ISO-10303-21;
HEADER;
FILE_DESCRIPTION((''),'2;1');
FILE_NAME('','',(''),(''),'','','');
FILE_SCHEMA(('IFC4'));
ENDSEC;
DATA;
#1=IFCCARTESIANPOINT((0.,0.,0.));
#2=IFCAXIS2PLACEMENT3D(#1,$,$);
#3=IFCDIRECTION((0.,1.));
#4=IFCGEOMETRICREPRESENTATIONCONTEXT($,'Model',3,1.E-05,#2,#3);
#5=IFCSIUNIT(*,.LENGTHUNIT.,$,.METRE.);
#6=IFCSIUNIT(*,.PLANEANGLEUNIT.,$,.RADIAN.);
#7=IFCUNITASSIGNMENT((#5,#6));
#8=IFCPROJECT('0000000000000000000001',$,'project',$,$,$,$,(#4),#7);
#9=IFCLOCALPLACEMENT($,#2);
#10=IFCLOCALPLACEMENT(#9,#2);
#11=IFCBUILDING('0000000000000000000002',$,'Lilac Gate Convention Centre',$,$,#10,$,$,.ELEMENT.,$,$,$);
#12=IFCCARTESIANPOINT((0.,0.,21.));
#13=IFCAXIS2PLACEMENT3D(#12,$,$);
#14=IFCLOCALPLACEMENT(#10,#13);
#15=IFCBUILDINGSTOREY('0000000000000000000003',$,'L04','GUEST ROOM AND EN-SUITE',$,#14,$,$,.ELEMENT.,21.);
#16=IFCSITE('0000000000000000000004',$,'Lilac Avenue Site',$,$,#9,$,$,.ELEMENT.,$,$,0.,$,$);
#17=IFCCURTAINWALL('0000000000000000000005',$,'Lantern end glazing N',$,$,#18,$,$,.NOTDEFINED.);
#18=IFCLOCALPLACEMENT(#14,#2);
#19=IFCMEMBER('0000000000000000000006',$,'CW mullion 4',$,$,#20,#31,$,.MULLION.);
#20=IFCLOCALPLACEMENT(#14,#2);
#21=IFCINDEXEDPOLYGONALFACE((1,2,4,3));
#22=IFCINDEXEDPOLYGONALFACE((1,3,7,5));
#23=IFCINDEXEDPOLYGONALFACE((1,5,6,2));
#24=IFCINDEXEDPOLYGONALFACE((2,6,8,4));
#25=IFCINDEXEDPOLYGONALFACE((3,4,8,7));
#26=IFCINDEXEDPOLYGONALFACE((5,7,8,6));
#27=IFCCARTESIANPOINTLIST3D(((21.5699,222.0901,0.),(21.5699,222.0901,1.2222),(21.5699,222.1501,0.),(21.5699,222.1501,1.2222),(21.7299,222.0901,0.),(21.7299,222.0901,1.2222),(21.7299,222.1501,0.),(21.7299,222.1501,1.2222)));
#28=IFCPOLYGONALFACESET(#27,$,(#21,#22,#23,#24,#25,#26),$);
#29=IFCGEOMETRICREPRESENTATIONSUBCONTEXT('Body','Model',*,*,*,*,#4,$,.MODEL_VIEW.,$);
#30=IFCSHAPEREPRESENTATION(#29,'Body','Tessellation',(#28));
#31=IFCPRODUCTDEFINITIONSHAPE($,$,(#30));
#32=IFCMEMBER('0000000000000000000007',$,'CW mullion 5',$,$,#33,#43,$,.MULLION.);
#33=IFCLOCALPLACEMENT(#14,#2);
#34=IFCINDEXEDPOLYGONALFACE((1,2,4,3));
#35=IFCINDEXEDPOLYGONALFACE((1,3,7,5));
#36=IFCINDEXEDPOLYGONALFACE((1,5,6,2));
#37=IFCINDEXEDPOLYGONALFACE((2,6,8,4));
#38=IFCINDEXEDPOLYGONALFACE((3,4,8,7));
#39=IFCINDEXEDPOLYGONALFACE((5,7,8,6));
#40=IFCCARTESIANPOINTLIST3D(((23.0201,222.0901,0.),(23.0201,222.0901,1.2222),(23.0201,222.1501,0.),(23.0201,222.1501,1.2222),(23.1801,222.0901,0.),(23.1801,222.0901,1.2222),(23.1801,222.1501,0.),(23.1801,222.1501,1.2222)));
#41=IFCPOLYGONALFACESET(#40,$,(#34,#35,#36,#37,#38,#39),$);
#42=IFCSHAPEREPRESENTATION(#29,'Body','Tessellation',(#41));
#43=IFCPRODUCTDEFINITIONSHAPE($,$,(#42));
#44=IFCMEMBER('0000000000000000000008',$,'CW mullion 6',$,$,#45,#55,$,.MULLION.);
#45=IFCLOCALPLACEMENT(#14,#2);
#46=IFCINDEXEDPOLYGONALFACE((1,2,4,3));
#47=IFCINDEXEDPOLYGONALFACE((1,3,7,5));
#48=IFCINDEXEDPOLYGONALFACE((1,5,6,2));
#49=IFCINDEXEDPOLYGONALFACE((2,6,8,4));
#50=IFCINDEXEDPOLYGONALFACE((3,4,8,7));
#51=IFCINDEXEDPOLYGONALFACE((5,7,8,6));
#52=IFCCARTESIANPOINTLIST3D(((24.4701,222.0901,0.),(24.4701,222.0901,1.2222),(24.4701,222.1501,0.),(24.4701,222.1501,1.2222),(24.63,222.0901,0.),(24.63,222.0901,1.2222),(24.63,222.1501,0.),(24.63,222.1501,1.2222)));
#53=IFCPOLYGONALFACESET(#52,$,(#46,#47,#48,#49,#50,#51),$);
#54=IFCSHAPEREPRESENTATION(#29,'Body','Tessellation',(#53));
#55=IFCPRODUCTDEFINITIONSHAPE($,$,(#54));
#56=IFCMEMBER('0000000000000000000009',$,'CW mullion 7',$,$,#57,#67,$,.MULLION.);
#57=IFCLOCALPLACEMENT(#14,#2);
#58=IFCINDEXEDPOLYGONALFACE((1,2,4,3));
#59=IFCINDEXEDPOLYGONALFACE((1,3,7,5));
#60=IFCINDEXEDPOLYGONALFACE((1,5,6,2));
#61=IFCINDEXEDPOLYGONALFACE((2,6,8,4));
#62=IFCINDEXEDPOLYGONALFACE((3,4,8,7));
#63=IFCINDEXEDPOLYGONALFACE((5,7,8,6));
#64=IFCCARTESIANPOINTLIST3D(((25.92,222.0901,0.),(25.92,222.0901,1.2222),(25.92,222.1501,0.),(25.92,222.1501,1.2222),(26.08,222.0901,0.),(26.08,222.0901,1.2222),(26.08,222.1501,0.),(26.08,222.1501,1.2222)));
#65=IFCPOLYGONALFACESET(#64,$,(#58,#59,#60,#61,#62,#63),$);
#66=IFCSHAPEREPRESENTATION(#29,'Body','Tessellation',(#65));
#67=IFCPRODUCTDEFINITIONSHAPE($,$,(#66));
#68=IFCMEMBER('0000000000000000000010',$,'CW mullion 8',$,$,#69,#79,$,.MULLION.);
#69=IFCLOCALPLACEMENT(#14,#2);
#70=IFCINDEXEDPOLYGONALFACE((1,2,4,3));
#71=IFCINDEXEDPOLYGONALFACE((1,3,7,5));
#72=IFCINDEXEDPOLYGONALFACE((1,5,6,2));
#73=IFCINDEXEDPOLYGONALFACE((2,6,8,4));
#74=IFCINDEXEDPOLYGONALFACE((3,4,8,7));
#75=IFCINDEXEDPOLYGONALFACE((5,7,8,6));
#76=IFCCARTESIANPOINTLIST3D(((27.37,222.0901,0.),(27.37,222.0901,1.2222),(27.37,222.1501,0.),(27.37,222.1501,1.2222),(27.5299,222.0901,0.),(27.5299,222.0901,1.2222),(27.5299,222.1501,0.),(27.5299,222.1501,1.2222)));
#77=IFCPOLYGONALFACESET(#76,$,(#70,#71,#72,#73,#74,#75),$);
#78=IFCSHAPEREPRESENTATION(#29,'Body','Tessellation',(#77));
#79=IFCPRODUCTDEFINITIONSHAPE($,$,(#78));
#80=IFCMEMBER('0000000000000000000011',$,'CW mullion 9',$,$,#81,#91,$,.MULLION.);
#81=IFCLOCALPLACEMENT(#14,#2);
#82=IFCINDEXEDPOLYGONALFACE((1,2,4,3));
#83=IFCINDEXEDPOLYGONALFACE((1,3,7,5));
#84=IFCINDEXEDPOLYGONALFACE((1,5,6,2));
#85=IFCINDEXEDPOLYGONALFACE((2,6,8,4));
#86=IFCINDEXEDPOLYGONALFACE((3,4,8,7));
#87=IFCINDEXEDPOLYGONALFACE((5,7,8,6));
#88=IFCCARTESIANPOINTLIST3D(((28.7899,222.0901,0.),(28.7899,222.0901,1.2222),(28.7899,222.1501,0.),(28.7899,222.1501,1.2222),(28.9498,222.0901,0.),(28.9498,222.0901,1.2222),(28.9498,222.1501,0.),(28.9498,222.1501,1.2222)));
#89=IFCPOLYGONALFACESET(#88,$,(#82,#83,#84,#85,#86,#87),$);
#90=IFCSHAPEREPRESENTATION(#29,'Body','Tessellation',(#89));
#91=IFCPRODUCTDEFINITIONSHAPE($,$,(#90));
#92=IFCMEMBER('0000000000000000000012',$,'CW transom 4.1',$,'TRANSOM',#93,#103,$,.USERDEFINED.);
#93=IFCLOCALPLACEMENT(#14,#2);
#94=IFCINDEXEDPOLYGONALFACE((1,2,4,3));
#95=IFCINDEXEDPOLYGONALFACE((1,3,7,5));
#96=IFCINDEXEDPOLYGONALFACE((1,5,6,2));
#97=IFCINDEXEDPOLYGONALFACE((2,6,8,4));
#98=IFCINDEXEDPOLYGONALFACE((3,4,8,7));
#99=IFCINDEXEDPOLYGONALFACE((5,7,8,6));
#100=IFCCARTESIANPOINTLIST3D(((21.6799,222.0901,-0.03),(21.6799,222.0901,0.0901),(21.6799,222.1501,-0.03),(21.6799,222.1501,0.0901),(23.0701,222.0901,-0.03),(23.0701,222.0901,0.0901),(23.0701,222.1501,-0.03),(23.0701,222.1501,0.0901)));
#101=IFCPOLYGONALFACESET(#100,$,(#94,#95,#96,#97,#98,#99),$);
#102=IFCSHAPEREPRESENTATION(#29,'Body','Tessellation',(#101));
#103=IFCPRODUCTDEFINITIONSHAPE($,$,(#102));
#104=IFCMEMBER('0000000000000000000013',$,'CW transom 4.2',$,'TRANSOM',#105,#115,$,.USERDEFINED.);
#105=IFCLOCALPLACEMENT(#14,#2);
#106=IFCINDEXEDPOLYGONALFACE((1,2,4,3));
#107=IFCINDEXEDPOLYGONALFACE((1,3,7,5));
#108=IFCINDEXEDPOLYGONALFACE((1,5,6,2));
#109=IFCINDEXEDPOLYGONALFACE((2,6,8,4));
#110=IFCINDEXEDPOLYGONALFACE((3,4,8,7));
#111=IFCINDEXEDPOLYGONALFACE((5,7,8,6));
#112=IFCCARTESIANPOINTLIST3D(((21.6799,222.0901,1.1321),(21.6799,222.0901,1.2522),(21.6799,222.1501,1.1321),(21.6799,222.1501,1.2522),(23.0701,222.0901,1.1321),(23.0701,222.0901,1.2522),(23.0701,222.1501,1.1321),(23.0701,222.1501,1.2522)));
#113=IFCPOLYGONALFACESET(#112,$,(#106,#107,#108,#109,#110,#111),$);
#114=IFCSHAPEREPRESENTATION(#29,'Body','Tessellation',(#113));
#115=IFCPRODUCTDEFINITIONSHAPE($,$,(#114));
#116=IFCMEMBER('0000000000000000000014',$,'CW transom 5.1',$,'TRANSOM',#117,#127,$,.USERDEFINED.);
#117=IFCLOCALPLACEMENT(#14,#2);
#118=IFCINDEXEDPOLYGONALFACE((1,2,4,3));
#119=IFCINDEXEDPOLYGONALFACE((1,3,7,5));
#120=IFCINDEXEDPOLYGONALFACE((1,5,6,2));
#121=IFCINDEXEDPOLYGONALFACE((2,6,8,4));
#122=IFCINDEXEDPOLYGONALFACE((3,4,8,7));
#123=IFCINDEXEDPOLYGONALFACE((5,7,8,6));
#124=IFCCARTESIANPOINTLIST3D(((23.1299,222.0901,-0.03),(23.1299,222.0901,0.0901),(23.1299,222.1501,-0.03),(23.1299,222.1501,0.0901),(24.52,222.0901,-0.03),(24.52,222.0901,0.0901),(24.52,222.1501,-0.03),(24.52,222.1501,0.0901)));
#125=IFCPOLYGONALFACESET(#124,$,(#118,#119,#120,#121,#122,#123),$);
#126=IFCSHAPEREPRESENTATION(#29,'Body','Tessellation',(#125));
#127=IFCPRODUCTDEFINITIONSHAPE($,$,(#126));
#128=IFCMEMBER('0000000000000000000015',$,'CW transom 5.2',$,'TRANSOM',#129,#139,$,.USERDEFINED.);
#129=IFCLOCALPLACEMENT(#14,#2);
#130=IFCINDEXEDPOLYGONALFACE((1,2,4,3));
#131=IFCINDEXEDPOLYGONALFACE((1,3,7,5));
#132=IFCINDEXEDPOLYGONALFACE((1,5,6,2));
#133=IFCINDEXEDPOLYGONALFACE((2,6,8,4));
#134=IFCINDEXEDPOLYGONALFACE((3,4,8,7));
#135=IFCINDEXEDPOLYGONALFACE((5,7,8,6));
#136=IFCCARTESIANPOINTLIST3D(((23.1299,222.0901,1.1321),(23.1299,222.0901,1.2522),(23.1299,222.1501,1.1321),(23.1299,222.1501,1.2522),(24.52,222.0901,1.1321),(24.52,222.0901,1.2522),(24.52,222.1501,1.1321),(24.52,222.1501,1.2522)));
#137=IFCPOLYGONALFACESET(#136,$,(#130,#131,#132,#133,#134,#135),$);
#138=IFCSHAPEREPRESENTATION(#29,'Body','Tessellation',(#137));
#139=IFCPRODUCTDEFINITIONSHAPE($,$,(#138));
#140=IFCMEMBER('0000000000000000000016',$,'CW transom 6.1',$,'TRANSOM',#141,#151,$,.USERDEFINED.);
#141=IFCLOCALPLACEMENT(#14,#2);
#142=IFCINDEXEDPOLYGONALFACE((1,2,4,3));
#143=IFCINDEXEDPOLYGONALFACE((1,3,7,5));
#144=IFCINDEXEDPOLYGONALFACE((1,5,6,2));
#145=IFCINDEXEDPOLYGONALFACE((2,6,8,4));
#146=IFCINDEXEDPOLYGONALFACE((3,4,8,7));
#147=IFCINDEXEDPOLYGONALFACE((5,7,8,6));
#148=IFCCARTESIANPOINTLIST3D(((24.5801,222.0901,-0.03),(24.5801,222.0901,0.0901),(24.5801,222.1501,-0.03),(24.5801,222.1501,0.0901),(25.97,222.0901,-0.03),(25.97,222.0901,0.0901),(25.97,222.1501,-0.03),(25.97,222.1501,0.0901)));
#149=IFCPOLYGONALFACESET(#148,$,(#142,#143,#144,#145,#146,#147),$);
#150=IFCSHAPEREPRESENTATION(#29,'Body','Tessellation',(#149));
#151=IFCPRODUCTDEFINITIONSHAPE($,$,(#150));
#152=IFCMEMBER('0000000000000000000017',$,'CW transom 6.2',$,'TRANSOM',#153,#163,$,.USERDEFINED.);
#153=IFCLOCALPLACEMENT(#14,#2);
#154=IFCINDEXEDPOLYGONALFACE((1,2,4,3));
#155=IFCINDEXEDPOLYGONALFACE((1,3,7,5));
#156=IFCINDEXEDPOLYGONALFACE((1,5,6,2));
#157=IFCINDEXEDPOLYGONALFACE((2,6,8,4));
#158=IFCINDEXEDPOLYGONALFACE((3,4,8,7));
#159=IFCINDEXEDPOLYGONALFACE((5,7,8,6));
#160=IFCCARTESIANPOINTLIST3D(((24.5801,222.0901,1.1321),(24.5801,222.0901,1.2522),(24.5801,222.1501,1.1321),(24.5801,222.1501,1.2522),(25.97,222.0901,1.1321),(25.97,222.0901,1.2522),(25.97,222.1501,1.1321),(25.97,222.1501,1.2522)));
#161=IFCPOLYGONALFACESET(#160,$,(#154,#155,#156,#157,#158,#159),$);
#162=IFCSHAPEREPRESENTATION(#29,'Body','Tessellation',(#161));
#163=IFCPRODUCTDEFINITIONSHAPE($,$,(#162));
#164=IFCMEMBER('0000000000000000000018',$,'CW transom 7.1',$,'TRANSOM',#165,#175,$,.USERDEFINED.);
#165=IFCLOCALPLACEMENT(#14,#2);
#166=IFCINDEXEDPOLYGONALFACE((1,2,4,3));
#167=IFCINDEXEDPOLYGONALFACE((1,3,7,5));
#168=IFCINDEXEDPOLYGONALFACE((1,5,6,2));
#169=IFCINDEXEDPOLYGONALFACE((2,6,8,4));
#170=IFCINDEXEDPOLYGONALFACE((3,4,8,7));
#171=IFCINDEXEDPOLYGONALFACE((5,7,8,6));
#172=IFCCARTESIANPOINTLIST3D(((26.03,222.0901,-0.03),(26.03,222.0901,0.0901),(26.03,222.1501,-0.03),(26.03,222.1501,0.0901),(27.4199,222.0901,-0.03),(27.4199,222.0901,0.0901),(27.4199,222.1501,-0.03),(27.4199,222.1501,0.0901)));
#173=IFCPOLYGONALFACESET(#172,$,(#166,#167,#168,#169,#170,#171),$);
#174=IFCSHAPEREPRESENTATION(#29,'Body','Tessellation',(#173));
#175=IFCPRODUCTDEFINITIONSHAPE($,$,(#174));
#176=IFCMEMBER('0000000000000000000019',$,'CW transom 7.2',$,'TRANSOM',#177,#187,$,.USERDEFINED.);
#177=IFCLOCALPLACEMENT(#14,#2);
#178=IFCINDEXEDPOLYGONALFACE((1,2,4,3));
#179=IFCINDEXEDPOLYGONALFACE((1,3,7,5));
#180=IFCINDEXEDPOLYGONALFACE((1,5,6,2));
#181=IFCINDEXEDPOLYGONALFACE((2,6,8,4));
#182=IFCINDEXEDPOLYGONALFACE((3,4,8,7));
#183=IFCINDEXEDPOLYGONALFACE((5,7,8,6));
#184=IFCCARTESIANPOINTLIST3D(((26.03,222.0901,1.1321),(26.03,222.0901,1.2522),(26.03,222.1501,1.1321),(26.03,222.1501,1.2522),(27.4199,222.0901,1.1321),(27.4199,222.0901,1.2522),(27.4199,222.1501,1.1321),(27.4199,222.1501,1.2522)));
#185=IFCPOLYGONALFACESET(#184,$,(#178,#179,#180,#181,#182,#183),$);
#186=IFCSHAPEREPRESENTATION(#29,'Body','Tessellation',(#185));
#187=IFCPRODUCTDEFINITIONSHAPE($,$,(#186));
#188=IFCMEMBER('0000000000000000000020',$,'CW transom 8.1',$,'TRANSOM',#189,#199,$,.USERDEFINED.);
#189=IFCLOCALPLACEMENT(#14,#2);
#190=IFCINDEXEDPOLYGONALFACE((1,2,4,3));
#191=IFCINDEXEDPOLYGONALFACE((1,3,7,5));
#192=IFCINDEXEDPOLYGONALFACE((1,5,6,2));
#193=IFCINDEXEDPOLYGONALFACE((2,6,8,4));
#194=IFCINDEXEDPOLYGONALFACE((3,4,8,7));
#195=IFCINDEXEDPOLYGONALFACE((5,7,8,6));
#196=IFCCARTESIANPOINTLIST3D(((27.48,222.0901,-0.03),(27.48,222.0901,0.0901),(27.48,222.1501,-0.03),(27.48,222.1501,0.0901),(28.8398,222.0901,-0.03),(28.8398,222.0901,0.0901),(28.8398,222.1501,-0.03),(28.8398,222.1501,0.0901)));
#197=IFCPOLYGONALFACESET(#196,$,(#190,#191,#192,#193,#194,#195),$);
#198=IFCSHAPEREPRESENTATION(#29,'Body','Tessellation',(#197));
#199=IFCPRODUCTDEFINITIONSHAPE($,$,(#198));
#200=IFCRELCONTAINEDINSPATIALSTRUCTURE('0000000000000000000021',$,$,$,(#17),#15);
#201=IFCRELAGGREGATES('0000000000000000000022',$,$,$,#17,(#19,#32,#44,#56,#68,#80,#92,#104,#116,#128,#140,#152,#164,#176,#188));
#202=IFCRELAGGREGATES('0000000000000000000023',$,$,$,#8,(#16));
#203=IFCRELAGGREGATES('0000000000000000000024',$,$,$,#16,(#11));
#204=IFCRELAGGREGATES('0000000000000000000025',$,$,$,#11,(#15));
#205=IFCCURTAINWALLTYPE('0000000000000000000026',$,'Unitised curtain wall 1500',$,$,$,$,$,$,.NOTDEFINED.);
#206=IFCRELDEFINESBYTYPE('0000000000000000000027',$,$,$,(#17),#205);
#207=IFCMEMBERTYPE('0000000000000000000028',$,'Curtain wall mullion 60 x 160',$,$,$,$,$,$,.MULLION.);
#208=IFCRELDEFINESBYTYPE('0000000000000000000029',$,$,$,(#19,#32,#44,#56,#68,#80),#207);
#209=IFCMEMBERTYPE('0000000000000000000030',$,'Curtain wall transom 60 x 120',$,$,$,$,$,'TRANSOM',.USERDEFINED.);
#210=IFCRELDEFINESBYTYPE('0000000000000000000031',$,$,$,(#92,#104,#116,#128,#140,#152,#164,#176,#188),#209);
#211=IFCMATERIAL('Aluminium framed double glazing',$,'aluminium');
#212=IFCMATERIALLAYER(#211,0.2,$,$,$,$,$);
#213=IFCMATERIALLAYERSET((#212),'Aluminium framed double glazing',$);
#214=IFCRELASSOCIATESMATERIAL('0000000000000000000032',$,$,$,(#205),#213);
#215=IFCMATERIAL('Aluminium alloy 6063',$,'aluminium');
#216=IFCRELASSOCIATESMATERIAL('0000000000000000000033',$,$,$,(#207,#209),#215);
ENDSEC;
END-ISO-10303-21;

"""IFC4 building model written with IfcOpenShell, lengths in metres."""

from ifc_helpers import new_model, si_unit, direction, frame, origin, origin_2d, place, context, subcontext, project, spatial, rectangle, extrude, material, layer, layer_set, material_profile, profile_set, type_object, element, aggregate, save


model = new_model("IFC4")

# Units and contexts
model_context = context("Model", 3, precision=1e-05, world=origin(), true_north=direction((0.0, 1.0)))
body_context = subcontext(model_context, "Body", "Model", "MODEL_VIEW")
ifc_project = project(units=[si_unit("LENGTHUNIT", "METRE"), si_unit("PLANEANGLEUNIT", "RADIAN")], contexts=[model_context])

# Site, building, storey
site_placement = place(None, origin())
site = spatial("IfcSite", under=ifc_project, at=site_placement, Name="Lilac Avenue Site", CompositionType="ELEMENT", RefElevation=0.0)
building_placement = place(site_placement, origin())
building = spatial("IfcBuilding", under=site, at=building_placement, Name="Lilac Gate Convention Centre", CompositionType="ELEMENT")
storey_placement = place(building_placement, frame((0.0, 0.0, 21.0)))
storey = spatial("IfcBuildingStorey", under=building, at=storey_placement, Name="L04", Description="GUEST ROOM AND EN-SUITE", CompositionType="ELEMENT", Elevation=21.0)

# Curtain wall, members
ifc_material_1 = material(Name="Aluminium framed double glazing", Category="aluminium")
ifc_layer_1 = layer(ifc_material_1, 0.2)
ifc_layer_set_1 = layer_set([ifc_layer_1], Name="Aluminium framed double glazing")
curtain_wall_type = type_object("IfcCurtainWallType", Name="Unitised curtain wall 1500", PredefinedType="NOTDEFINED", material=ifc_layer_set_1)
curtain_wall_placement = place(storey_placement, origin())
curtain_wall = element("IfcCurtainWall", 1, at=curtain_wall_placement, inside=storey, type_object=curtain_wall_type, Name="Lantern end glazing N", PredefinedType="NOTDEFINED")
ifc_material_2 = material(Name="Aluminium alloy 6063", Category="aluminium")
ifc_material_profile_1 = material_profile(ifc_material_2, rectangle(XDim=0.0601, YDim=0.1599, at=origin_2d()), Name="Curtain wall mullion 60 x 160")
ifc_profile_set_1 = profile_set([ifc_material_profile_1], Name="Aluminium alloy 6063")
member_type_1 = type_object("IfcMemberType", Name="Curtain wall mullion 60 x 160", PredefinedType="MULLION", material=ifc_profile_set_1)
member_1_placement = place(storey_placement, frame((21.6499, 222.1201, 0.0), z_axis=(0.0, 0.0, 1.0), x_axis=(0.0, 1.0, 0.0)))
member_1 = element("IfcMember", 2, at=member_1_placement, type_object=member_type_1, Name="CW mullion 4", PredefinedType="MULLION", context=body_context, shape_type="SweptSolid", body=[
    extrude(rectangle(XDim=0.0601, YDim=0.1599, at=origin_2d()), origin(), (0.0, 0.0, 1.0), 1.2222),
])
member_2_placement = place(storey_placement, frame((23.1001, 222.1201, 0.0), z_axis=(0.0, 0.0, 1.0), x_axis=(0.0, 1.0, 0.0)))
member_2 = element("IfcMember", 3, at=member_2_placement, type_object=member_type_1, Name="CW mullion 5", PredefinedType="MULLION", context=body_context, shape_type="SweptSolid", body=[
    extrude(rectangle(XDim=0.0601, YDim=0.1599, at=origin_2d()), origin(), (0.0, 0.0, 1.0), 1.2222),
])
member_3_placement = place(storey_placement, frame((24.55, 222.1201, 0.0), z_axis=(0.0, 0.0, 1.0), x_axis=(0.0, 1.0, 0.0)))
member_3 = element("IfcMember", 4, at=member_3_placement, type_object=member_type_1, Name="CW mullion 6", PredefinedType="MULLION", context=body_context, shape_type="SweptSolid", body=[
    extrude(rectangle(XDim=0.0601, YDim=0.1599, at=origin_2d()), origin(), (0.0, 0.0, 1.0), 1.2222),
])
member_4_placement = place(storey_placement, frame((26.0, 222.1201, 0.0), z_axis=(0.0, 0.0, 1.0), x_axis=(0.0, 1.0, 0.0)))
member_4 = element("IfcMember", 5, at=member_4_placement, type_object=member_type_1, Name="CW mullion 7", PredefinedType="MULLION", context=body_context, shape_type="SweptSolid", body=[
    extrude(rectangle(XDim=0.0601, YDim=0.1599, at=origin_2d()), origin(), (0.0, 0.0, 1.0), 1.2222),
])
member_5_placement = place(storey_placement, frame((27.45, 222.1201, 0.0), z_axis=(0.0, 0.0, 1.0), x_axis=(0.0, 1.0, 0.0)))
member_5 = element("IfcMember", 6, at=member_5_placement, type_object=member_type_1, Name="CW mullion 8", PredefinedType="MULLION", context=body_context, shape_type="SweptSolid", body=[
    extrude(rectangle(XDim=0.0601, YDim=0.1599, at=origin_2d()), origin(), (0.0, 0.0, 1.0), 1.2222),
])
member_6_placement = place(storey_placement, frame((28.8699, 222.1201, 0.0), z_axis=(0.0, 0.0, 1.0), x_axis=(0.0, 1.0, 0.0)))
member_6 = element("IfcMember", 7, at=member_6_placement, type_object=member_type_1, Name="CW mullion 9", PredefinedType="MULLION", context=body_context, shape_type="SweptSolid", body=[
    extrude(rectangle(XDim=0.0601, YDim=0.1599, at=origin_2d()), origin(), (0.0, 0.0, 1.0), 1.2222),
])
ifc_material_profile_2 = material_profile(ifc_material_2, rectangle(XDim=0.0601, YDim=0.1201, at=origin_2d()), Name="Curtain wall transom 60 x 120")
ifc_profile_set_2 = profile_set([ifc_material_profile_2], Name="Aluminium alloy 6063")
member_type_2 = type_object("IfcMemberType", Name="Curtain wall transom 60 x 120", ElementType="TRANSOM", PredefinedType="USERDEFINED", material=ifc_profile_set_2)
member_7_placement = place(storey_placement, frame((21.6799, 222.1201, 0.03), z_axis=(1.0, 0.0, 0.0), x_axis=(0.0, 1.0, 0.0)))
member_7 = element("IfcMember", 8, at=member_7_placement, type_object=member_type_2, Name="CW transom 4.1", ObjectType="TRANSOM", PredefinedType="USERDEFINED", context=body_context, shape_type="SweptSolid", body=[
    extrude(rectangle(XDim=0.0601, YDim=0.1201, at=origin_2d()), origin(), (0.0, 0.0, 1.0), 1.3901),
])
member_8_placement = place(storey_placement, frame((21.6799, 222.1201, 1.1921), z_axis=(1.0, 0.0, 0.0), x_axis=(0.0, 1.0, 0.0)))
member_8 = element("IfcMember", 9, at=member_8_placement, type_object=member_type_2, Name="CW transom 4.2", ObjectType="TRANSOM", PredefinedType="USERDEFINED", context=body_context, shape_type="SweptSolid", body=[
    extrude(rectangle(XDim=0.0601, YDim=0.1201, at=origin_2d()), origin(), (0.0, 0.0, 1.0), 1.3901),
])
member_9_placement = place(storey_placement, frame((23.1299, 222.1201, 0.03), z_axis=(1.0, 0.0, 0.0), x_axis=(0.0, 1.0, 0.0)))
member_9 = element("IfcMember", 10, at=member_9_placement, type_object=member_type_2, Name="CW transom 5.1", ObjectType="TRANSOM", PredefinedType="USERDEFINED", context=body_context, shape_type="SweptSolid", body=[
    extrude(rectangle(XDim=0.0601, YDim=0.1201, at=origin_2d()), origin(), (0.0, 0.0, 1.0), 1.3901),
])
member_10_placement = place(storey_placement, frame((23.1299, 222.1201, 1.1921), z_axis=(1.0, 0.0, 0.0), x_axis=(0.0, 1.0, 0.0)))
member_10 = element("IfcMember", 11, at=member_10_placement, type_object=member_type_2, Name="CW transom 5.2", ObjectType="TRANSOM", PredefinedType="USERDEFINED", context=body_context, shape_type="SweptSolid", body=[
    extrude(rectangle(XDim=0.0601, YDim=0.1201, at=origin_2d()), origin(), (0.0, 0.0, 1.0), 1.3901),
])
member_11_placement = place(storey_placement, frame((24.5801, 222.1201, 0.03), z_axis=(1.0, 0.0, 0.0), x_axis=(0.0, 1.0, 0.0)))
member_11 = element("IfcMember", 12, at=member_11_placement, type_object=member_type_2, Name="CW transom 6.1", ObjectType="TRANSOM", PredefinedType="USERDEFINED", context=body_context, shape_type="SweptSolid", body=[
    extrude(rectangle(XDim=0.0601, YDim=0.1201, at=origin_2d()), origin(), (0.0, 0.0, 1.0), 1.3899),
])
member_12_placement = place(storey_placement, frame((24.5801, 222.1201, 1.1921), z_axis=(1.0, 0.0, 0.0), x_axis=(0.0, 1.0, 0.0)))
member_12 = element("IfcMember", 13, at=member_12_placement, type_object=member_type_2, Name="CW transom 6.2", ObjectType="TRANSOM", PredefinedType="USERDEFINED", context=body_context, shape_type="SweptSolid", body=[
    extrude(rectangle(XDim=0.0601, YDim=0.1201, at=origin_2d()), origin(), (0.0, 0.0, 1.0), 1.3899),
])
member_13_placement = place(storey_placement, frame((26.03, 222.1201, 0.03), z_axis=(1.0, 0.0, 0.0), x_axis=(0.0, 1.0, 0.0)))
member_13 = element("IfcMember", 14, at=member_13_placement, type_object=member_type_2, Name="CW transom 7.1", ObjectType="TRANSOM", PredefinedType="USERDEFINED", context=body_context, shape_type="SweptSolid", body=[
    extrude(rectangle(XDim=0.0601, YDim=0.1201, at=origin_2d()), origin(), (0.0, 0.0, 1.0), 1.3899),
])
member_14_placement = place(storey_placement, frame((26.03, 222.1201, 1.1921), z_axis=(1.0, 0.0, 0.0), x_axis=(0.0, 1.0, 0.0)))
member_14 = element("IfcMember", 15, at=member_14_placement, type_object=member_type_2, Name="CW transom 7.2", ObjectType="TRANSOM", PredefinedType="USERDEFINED", context=body_context, shape_type="SweptSolid", body=[
    extrude(rectangle(XDim=0.0601, YDim=0.1201, at=origin_2d()), origin(), (0.0, 0.0, 1.0), 1.3899),
])
member_15_placement = place(storey_placement, frame((27.48, 222.1201, 0.03), z_axis=(1.0, 0.0, 0.0), x_axis=(0.0, 1.0, 0.0)))
member_15 = element("IfcMember", 16, at=member_15_placement, type_object=member_type_2, Name="CW transom 8.1", ObjectType="TRANSOM", PredefinedType="USERDEFINED", context=body_context, shape_type="SweptSolid", body=[
    extrude(rectangle(XDim=0.0601, YDim=0.1201, at=origin_2d()), origin(), (0.0, 0.0, 1.0), 1.3599),
])

aggregate(curtain_wall, [member_1, member_2, member_3, member_4, member_5, member_6, member_7, member_8, member_9, member_10, member_11, member_12, member_13, member_14, member_15])

save(model, "model.ifc")
